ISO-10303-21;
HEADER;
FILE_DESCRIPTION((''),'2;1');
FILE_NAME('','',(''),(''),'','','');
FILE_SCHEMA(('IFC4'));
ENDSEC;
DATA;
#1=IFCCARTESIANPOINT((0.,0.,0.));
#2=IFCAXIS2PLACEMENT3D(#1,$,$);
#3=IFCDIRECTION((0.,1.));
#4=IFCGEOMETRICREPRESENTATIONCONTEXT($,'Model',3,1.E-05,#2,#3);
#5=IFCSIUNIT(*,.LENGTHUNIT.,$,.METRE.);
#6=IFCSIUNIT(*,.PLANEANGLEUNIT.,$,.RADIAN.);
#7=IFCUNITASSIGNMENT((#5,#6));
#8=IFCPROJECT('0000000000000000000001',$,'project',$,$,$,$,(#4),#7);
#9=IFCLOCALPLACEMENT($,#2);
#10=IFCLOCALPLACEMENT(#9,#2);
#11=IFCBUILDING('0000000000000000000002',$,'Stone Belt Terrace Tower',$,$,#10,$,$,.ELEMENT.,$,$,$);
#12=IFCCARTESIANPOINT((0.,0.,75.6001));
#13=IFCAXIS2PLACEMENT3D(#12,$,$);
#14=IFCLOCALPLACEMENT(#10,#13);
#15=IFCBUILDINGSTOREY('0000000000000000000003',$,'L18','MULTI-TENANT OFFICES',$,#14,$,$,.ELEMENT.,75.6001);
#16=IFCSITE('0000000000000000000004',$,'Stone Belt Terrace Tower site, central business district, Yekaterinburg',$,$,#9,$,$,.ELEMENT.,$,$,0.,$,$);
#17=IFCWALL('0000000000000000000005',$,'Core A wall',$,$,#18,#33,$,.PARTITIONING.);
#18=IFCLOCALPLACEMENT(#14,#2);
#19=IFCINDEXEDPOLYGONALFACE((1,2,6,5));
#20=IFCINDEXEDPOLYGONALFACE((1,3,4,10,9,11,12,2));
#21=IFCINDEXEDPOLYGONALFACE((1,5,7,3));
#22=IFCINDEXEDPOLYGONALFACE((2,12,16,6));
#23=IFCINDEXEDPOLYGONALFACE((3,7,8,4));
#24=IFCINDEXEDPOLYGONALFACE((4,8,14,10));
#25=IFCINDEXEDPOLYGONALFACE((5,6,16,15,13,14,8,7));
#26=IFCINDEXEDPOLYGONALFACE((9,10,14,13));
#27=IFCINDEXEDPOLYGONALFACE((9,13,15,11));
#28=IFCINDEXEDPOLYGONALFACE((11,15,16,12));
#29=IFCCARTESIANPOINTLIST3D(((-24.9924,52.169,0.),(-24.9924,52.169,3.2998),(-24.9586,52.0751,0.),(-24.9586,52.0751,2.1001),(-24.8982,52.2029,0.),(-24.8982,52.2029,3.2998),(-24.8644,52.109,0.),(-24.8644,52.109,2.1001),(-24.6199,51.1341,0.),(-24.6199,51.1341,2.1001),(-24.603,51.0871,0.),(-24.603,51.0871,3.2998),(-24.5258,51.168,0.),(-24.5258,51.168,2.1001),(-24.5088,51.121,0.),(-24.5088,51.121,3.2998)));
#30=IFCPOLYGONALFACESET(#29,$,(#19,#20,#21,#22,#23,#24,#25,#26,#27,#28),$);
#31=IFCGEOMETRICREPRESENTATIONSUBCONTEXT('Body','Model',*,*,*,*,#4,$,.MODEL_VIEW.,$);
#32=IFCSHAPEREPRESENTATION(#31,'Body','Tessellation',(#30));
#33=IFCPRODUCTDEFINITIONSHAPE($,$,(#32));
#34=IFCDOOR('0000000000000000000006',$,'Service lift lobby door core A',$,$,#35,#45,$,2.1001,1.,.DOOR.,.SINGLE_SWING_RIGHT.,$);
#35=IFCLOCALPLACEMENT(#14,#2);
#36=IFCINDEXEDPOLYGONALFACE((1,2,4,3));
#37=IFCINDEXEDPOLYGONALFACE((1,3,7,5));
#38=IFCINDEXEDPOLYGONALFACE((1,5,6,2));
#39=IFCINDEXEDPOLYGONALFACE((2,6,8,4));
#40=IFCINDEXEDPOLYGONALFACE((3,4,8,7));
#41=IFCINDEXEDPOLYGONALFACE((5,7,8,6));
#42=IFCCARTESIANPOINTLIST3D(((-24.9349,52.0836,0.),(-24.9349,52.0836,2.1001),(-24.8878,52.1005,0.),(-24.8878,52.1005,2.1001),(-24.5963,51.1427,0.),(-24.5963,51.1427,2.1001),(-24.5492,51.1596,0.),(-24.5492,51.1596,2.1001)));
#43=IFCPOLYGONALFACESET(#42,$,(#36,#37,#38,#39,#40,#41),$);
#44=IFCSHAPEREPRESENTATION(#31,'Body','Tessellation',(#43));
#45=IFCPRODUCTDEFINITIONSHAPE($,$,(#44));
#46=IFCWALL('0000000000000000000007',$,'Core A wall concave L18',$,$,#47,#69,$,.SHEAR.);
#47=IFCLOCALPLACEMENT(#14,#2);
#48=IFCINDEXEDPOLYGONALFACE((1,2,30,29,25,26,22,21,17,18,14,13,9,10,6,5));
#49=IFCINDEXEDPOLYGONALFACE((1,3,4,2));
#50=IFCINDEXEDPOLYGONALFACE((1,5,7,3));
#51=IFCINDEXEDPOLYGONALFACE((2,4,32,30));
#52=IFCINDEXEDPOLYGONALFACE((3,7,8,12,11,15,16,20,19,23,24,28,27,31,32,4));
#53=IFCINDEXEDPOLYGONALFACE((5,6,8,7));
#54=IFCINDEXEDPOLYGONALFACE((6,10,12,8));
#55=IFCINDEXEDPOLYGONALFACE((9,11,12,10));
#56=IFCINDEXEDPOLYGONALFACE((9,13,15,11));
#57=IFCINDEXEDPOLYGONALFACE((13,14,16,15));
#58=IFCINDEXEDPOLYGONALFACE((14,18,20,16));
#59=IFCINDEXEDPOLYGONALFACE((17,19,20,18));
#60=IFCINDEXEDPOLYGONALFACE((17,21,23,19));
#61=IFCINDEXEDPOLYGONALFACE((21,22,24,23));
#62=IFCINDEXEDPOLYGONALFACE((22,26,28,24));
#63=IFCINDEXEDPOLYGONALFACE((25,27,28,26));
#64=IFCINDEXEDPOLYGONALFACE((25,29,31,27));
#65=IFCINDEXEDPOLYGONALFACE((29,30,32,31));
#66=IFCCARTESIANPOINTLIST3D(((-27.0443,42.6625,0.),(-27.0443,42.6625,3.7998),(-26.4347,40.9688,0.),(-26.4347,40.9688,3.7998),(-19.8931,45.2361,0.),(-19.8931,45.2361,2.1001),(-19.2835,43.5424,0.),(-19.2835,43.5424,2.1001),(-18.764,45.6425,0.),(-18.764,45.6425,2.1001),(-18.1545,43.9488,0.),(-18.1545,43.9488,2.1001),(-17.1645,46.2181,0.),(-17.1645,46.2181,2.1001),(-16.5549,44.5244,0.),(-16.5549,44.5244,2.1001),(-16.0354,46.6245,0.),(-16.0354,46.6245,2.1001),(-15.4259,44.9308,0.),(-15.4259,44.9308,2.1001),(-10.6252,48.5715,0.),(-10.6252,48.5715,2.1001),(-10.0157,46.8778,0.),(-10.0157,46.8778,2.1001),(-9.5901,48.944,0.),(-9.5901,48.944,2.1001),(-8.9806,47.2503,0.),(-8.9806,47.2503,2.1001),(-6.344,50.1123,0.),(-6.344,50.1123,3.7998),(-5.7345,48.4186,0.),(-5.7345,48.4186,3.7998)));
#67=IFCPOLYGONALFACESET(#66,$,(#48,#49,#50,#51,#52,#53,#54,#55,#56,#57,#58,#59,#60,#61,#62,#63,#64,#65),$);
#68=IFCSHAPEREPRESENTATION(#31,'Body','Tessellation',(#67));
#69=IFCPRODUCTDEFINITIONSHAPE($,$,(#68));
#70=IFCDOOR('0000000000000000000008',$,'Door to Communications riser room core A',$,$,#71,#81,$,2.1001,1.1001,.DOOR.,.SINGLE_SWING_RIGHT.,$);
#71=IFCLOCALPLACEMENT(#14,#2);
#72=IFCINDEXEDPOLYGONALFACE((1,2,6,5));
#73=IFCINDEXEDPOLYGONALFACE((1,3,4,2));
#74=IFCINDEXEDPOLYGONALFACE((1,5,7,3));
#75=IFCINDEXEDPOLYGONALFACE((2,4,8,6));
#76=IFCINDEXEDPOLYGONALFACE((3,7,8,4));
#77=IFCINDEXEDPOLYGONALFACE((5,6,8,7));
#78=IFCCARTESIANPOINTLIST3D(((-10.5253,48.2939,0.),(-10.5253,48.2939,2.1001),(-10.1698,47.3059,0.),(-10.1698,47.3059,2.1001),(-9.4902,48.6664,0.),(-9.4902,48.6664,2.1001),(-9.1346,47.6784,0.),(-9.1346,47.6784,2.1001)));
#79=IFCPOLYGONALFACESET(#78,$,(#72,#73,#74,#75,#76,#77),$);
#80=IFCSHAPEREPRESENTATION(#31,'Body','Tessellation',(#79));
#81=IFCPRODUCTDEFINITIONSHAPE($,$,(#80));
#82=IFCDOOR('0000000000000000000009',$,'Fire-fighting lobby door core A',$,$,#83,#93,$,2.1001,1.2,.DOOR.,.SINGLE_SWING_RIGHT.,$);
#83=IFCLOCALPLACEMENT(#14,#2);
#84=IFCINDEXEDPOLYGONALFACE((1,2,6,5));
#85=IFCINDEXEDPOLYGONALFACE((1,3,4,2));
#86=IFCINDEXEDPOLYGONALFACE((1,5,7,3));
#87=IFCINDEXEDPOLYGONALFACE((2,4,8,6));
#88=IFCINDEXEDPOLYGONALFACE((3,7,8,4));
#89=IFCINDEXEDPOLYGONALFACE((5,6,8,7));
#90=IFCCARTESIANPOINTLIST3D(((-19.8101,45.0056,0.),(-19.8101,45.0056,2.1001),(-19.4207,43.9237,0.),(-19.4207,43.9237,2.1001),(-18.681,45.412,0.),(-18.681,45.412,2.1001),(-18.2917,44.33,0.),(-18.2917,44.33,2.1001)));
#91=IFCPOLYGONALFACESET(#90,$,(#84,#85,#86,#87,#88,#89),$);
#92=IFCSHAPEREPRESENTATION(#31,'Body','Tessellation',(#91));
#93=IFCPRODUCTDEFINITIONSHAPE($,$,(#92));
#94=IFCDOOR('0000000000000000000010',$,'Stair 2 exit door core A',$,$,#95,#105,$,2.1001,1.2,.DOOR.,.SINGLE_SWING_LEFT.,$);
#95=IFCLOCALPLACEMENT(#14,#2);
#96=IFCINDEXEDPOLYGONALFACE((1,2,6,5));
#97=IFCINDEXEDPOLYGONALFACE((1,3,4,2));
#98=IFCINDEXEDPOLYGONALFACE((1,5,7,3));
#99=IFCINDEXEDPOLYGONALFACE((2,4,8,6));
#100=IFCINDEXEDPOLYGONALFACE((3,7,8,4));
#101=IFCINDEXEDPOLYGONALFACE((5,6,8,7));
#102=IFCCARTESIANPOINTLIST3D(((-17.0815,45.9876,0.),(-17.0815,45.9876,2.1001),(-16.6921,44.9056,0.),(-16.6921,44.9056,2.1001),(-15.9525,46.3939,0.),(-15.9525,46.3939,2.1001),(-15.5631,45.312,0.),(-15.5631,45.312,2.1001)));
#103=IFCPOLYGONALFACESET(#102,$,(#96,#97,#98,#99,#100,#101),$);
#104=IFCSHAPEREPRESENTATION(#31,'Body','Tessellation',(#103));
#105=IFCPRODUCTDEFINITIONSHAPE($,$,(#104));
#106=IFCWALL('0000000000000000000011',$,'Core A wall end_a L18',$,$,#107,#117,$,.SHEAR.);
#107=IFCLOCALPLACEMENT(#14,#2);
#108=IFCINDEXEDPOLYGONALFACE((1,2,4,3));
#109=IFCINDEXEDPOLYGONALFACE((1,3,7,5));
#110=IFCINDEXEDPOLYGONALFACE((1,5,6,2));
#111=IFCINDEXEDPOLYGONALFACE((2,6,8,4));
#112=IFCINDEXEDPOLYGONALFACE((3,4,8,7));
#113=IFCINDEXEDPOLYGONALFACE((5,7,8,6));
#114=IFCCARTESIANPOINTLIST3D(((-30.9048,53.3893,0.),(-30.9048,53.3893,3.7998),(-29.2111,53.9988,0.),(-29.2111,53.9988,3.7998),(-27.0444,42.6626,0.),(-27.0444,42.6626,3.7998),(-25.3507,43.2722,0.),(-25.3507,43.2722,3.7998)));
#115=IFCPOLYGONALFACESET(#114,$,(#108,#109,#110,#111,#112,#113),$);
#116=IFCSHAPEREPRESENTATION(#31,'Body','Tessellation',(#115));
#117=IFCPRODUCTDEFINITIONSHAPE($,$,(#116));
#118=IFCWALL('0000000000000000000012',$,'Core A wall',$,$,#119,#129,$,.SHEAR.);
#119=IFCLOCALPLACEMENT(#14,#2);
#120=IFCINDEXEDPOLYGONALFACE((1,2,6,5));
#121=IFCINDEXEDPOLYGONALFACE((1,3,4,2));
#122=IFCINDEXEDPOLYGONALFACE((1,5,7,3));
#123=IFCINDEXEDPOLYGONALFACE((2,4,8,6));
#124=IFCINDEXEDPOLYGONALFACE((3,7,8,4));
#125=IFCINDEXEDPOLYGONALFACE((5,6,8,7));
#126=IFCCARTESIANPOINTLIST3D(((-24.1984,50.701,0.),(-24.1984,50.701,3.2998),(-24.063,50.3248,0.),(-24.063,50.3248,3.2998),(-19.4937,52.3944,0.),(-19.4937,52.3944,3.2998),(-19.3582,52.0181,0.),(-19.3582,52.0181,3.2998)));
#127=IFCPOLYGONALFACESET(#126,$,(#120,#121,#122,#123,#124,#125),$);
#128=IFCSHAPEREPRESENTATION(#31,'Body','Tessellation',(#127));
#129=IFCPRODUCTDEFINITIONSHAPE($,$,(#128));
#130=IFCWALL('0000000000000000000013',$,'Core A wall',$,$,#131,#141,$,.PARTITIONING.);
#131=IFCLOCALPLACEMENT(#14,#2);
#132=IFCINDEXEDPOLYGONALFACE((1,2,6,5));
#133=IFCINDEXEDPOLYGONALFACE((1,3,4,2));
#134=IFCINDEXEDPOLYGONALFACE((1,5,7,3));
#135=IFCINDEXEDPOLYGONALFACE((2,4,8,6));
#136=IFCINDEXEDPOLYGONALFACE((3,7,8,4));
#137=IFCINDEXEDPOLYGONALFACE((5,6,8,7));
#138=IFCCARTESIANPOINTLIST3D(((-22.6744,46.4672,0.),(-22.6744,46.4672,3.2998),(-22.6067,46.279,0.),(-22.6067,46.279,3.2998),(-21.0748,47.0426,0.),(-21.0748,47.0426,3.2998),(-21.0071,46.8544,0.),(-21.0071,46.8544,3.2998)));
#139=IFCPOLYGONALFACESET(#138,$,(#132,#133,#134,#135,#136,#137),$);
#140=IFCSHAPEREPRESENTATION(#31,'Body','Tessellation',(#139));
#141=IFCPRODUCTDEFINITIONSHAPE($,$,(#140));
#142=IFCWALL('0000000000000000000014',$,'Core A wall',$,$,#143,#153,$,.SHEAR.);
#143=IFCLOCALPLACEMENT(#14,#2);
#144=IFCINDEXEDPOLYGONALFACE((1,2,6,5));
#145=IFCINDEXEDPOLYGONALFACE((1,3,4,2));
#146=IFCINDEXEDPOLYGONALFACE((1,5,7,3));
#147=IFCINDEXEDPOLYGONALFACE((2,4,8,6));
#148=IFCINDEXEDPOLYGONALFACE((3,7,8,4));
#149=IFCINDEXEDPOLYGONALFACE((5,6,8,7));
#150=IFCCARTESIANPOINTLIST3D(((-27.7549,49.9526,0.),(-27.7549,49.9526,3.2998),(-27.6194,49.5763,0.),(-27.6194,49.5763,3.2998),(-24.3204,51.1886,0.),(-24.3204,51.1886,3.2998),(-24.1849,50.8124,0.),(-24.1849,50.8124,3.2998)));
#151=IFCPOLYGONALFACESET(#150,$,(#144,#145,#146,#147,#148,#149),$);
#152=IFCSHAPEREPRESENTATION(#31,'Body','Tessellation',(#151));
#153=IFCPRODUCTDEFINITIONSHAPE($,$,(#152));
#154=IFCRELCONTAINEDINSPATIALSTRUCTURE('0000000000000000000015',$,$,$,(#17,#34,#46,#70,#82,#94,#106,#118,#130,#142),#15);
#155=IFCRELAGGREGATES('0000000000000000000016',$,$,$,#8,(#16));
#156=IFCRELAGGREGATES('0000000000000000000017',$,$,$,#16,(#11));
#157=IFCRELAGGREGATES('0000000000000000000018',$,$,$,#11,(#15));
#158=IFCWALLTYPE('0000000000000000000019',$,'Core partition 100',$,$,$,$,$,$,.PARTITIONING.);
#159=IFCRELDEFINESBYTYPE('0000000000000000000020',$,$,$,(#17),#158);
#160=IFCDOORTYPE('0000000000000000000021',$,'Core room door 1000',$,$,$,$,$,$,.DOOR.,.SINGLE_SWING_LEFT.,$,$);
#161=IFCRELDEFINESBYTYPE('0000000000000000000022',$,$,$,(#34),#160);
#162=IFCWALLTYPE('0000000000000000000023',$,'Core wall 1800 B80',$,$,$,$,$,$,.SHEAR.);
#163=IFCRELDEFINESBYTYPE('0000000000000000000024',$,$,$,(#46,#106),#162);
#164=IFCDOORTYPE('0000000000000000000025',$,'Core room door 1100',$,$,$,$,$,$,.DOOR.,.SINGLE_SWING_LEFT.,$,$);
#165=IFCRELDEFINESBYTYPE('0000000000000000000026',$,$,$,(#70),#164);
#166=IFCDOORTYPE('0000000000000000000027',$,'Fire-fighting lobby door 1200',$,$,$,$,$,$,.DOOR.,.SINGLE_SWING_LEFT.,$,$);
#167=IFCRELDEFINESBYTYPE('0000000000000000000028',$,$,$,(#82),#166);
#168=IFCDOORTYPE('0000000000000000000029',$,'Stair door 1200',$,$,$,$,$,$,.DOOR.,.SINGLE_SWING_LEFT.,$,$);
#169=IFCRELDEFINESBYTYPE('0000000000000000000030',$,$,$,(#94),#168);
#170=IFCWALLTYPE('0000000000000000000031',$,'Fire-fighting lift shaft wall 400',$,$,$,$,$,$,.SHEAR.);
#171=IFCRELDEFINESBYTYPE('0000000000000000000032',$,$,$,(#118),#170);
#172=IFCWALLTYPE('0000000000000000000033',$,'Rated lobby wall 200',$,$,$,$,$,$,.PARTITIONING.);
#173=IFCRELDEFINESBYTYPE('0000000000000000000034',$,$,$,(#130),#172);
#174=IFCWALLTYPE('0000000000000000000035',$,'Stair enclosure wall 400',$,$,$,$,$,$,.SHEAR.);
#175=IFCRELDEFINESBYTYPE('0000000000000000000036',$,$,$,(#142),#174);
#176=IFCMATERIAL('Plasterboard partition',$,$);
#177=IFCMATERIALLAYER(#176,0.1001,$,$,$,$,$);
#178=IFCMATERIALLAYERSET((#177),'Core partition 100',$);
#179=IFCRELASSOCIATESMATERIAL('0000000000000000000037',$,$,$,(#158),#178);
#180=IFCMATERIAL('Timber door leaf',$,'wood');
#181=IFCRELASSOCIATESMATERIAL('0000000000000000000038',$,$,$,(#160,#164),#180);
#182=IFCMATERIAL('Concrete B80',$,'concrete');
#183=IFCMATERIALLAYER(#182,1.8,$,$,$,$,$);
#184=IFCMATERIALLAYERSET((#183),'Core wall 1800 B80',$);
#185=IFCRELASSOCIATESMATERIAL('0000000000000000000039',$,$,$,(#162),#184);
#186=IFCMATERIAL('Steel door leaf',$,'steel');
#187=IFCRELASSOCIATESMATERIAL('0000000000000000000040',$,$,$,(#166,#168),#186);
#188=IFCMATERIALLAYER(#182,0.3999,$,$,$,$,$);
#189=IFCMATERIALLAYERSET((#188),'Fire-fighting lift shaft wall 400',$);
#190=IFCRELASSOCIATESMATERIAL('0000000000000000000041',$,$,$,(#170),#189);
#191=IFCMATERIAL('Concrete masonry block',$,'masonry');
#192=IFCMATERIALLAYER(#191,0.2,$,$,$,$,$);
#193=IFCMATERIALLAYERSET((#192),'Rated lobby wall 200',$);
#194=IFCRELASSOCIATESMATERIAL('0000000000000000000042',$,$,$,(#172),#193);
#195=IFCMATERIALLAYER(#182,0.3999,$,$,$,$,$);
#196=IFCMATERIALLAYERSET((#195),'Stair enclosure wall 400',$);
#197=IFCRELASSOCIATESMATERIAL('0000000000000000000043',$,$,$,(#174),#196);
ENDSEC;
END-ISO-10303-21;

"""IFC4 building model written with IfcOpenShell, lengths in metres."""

from ifc_helpers import new_model, si_unit, direction, frame, frame_2d, origin, place, context, subcontext, project, spatial, rectangle, extrude, material, layer, layer_set, type_object, element, fill, save


model = new_model("IFC4")

# Units and contexts
model_context = context("Model", 3, precision=1e-05, world=origin(), true_north=direction((0.0, 1.0)))
body_context = subcontext(model_context, "Body", "Model", "MODEL_VIEW")
ifc_project = project(units=[si_unit("LENGTHUNIT", "METRE"), si_unit("PLANEANGLEUNIT", "RADIAN")], contexts=[model_context])

# Site, building, storey
site_placement = place(None, origin())
site = spatial("IfcSite", under=ifc_project, at=site_placement, Name="Stone Belt Terrace Tower site, central business district, Yekaterinburg", CompositionType="ELEMENT", RefElevation=0.0)
building_placement = place(site_placement, origin())
building = spatial("IfcBuilding", under=site, at=building_placement, Name="Stone Belt Terrace Tower", CompositionType="ELEMENT")
storey_placement = place(building_placement, frame((0.0, 0.0, 75.6001)))
storey = spatial("IfcBuildingStorey", under=building, at=storey_placement, Name="L18", Description="MULTI-TENANT OFFICES", CompositionType="ELEMENT", Elevation=75.6001)

# Wall, opening, door
ifc_material_1 = material(Name="Plasterboard partition")
ifc_layer_1 = layer(ifc_material_1, 0.1001)
ifc_layer_set_1 = layer_set([ifc_layer_1], Name="Core partition 100")
wall_type_1 = type_object("IfcWallType", Name="Core partition 100", PredefinedType="PARTITIONING", material=ifc_layer_set_1)
wall_1_placement = place(storey_placement, frame((-24.5559, 51.104, 0.0), z_axis=(0.0, 0.0, 1.0), x_axis=(-0.338622, 0.940923, 0.0)))
wall_1 = element("IfcWall", 1, at=wall_1_placement, inside=storey, type_object=wall_type_1, Name="Core A wall", PredefinedType="PARTITIONING", context=body_context, shape_type="SweptSolid", body=[
    extrude(rectangle(XDim=1.1499, YDim=0.1001, at=frame_2d((0.575, 0.0))), origin(), (0.0, 0.0, 1.0), 3.2998),
])
opening_1_placement = place(wall_1_placement, frame((0.05, 0.0, 0.0)))
opening_1 = element("IfcOpeningElement", 2, at=opening_1_placement, cuts=wall_1, PredefinedType="OPENING", context=body_context, shape_type="SweptSolid", body=[
    extrude(rectangle(XDim=1.0, YDim=2.1001, at=frame_2d((0.5, 1.05))), frame((0.0, 0.0601, 0.0), z_axis=(0.0, -1.0, 0.0), x_axis=(1.0, 0.0, 0.0)), (0.0, 0.0, 1.0), 0.1201),
])
ifc_material_2 = material(Name="Timber door leaf", Category="wood")
door_type_1 = type_object("IfcDoorType", Name="Core room door 1000", OperationType="SINGLE_SWING_LEFT", PredefinedType="DOOR", material=ifc_material_2)
door_1_placement = place(opening_1_placement, origin())
door_1 = element("IfcDoor", 3, at=door_1_placement, inside=storey, type_object=door_type_1, Name="Service lift lobby door core A", OperationType="SINGLE_SWING_RIGHT", OverallHeight=2.1001, OverallWidth=1.0, PredefinedType="DOOR", context=body_context, shape_type="SweptSolid", body=[
    extrude(rectangle(XDim=1.0, YDim=2.1001, at=frame_2d((0.5, 1.05))), frame((0.0, 0.0249, 0.0), z_axis=(0.0, -1.0, 0.0), x_axis=(1.0, 0.0, 0.0)), (0.0, 0.0, 1.0), 0.05),
])
fill(opening_1, door_1)

# Wall, openings, doors
ifc_material_3 = material(Name="Concrete B80", Category="concrete")
ifc_layer_2 = layer(ifc_material_3, 1.8)
ifc_layer_set_2 = layer_set([ifc_layer_2], Name="Core wall 1800 B80")
wall_type_2 = type_object("IfcWallType", Name="Core wall 1800 B80", PredefinedType="SHEAR", material=ifc_layer_set_2)
wall_2_placement = place(storey_placement, frame((-26.7395, 41.8157, 0.0), z_axis=(0.0, 0.0, 1.0), x_axis=(0.940922, 0.338624, 0.0)))
wall_2 = element("IfcWall", 4, at=wall_2_placement, inside=storey, type_object=wall_type_2, Name="Core A wall concave L18", PredefinedType="SHEAR", context=body_context, shape_type="SweptSolid", body=[
    extrude(rectangle(XDim=22.0, YDim=1.8, at=frame_2d((11.0, 0.0))), origin(), (0.0, 0.0, 1.0), 3.7998),
])
opening_2_placement = place(wall_2_placement, frame((7.6001, 0.0, 0.0)))
opening_2 = element("IfcOpeningElement", 5, at=opening_2_placement, cuts=wall_2, PredefinedType="OPENING", context=body_context, shape_type="SweptSolid", body=[
    extrude(rectangle(XDim=1.2, YDim=2.1001, at=frame_2d((0.6001, 1.05))), frame((0.0, 0.9099, 0.0), z_axis=(0.0, -1.0, 0.0), x_axis=(1.0, 0.0, 0.0)), (0.0, 0.0, 1.0), 1.8201),
])
opening_3_placement = place(wall_2_placement, frame((10.5, 0.0, 0.0)))
opening_3 = element("IfcOpeningElement", 6, at=opening_3_placement, cuts=wall_2, PredefinedType="OPENING", context=body_context, shape_type="SweptSolid", body=[
    extrude(rectangle(XDim=1.2, YDim=2.1001, at=frame_2d((0.6001, 1.05))), frame((0.0, 0.9099, 0.0), z_axis=(0.0, -1.0, 0.0), x_axis=(1.0, 0.0, 0.0)), (0.0, 0.0, 1.0), 1.8201),
])
opening_4_placement = place(wall_2_placement, frame((17.45, 0.0, 0.0)))
opening_4 = element("IfcOpeningElement", 7, at=opening_4_placement, cuts=wall_2, PredefinedType="OPENING", context=body_context, shape_type="SweptSolid", body=[
    extrude(rectangle(XDim=1.1001, YDim=2.1001, at=frame_2d((0.55, 1.05))), frame((0.0, 0.9099, 0.0), z_axis=(0.0, -1.0, 0.0), x_axis=(1.0, 0.0, 0.0)), (0.0, 0.0, 1.0), 1.8201),
])
door_type_2 = type_object("IfcDoorType", Name="Core room door 1100", OperationType="SINGLE_SWING_LEFT", PredefinedType="DOOR", material=ifc_material_2)
door_2_placement = place(opening_4_placement, origin())
door_2 = element("IfcDoor", 8, at=door_2_placement, inside=storey, type_object=door_type_2, Name="Door to Communications riser room core A", OperationType="SINGLE_SWING_RIGHT", OverallHeight=2.1001, OverallWidth=1.1001, PredefinedType="DOOR", context=body_context, shape_type="SweptSolid", body=[
    extrude(rectangle(XDim=1.1001, YDim=2.1001, at=frame_2d((0.55, 1.05))), frame((0.0, 0.605, 0.0), z_axis=(0.0, -1.0, 0.0), x_axis=(1.0, 0.0, 0.0)), (0.0, 0.0, 1.0), 1.05),
])
fill(opening_4, door_2)
ifc_material_4 = material(Name="Steel door leaf", Category="steel")
door_type_3 = type_object("IfcDoorType", Name="Fire-fighting lobby door 1200", OperationType="SINGLE_SWING_LEFT", PredefinedType="DOOR", material=ifc_material_4)
door_3_placement = place(opening_2_placement, origin())
door_3 = element("IfcDoor", 9, at=door_3_placement, inside=storey, type_object=door_type_3, Name="Fire-fighting lobby door core A", OperationType="SINGLE_SWING_RIGHT", OverallHeight=2.1001, OverallWidth=1.2, PredefinedType="DOOR", context=body_context, shape_type="SweptSolid", body=[
    extrude(rectangle(XDim=1.2, YDim=2.1001, at=frame_2d((0.6001, 1.05))), frame((0.0, 0.655, 0.0), z_axis=(0.0, -1.0, 0.0), x_axis=(1.0, 0.0, 0.0)), (0.0, 0.0, 1.0), 1.1499),
])
fill(opening_2, door_3)
door_type_4 = type_object("IfcDoorType", Name="Stair door 1200", OperationType="SINGLE_SWING_LEFT", PredefinedType="DOOR", material=ifc_material_4)
door_4_placement = place(opening_3_placement, origin())
door_4 = element("IfcDoor", 10, at=door_4_placement, inside=storey, type_object=door_type_4, Name="Stair 2 exit door core A", OperationType="SINGLE_SWING_LEFT", OverallHeight=2.1001, OverallWidth=1.2, PredefinedType="DOOR", context=body_context, shape_type="SweptSolid", body=[
    extrude(rectangle(XDim=1.2, YDim=2.1001, at=frame_2d((0.6001, 1.05))), frame((0.0, 0.655, 0.0), z_axis=(0.0, -1.0, 0.0), x_axis=(1.0, 0.0, 0.0)), (0.0, 0.0, 1.0), 1.1499),
])
fill(opening_3, door_4)

# Walls
wall_3_placement = place(storey_placement, frame((-26.1975, 42.9673, 0.0), z_axis=(0.0, 0.0, 1.0), x_axis=(-0.338625, 0.940921, 0.0)))
element("IfcWall", 11, at=wall_3_placement, inside=storey, type_object=wall_type_2, Name="Core A wall end_a L18", PredefinedType="SHEAR", context=body_context, shape_type="SweptSolid", body=[
    extrude(rectangle(XDim=11.4001, YDim=1.8, at=frame_2d((5.7002, 0.0))), origin(), (0.0, 0.0, 1.0), 3.7998),
])
ifc_layer_3 = layer(ifc_material_3, 0.3999)
ifc_layer_set_3 = layer_set([ifc_layer_3], Name="Fire-fighting lift shaft wall 400")
wall_type_3 = type_object("IfcWallType", Name="Fire-fighting lift shaft wall 400", PredefinedType="SHEAR", material=ifc_layer_set_3)
wall_4_placement = place(storey_placement, frame((-24.1306, 50.5129, 0.0), z_axis=(0.0, 0.0, 1.0), x_axis=(0.940912, 0.338652, 0.0)))
element("IfcWall", 12, at=wall_4_placement, inside=storey, type_object=wall_type_3, Name="Core A wall", PredefinedType="SHEAR", context=body_context, shape_type="SweptSolid", body=[
    extrude(rectangle(XDim=5.0002, YDim=0.3999, at=frame_2d((2.5, 0.0))), origin(), (0.0, 0.0, 1.0), 3.2998),
])
ifc_material_5 = material(Name="Concrete masonry block", Category="masonry")
ifc_layer_4 = layer(ifc_material_5, 0.2)
ifc_layer_set_4 = layer_set([ifc_layer_4], Name="Rated lobby wall 200")
wall_type_4 = type_object("IfcWallType", Name="Rated lobby wall 200", PredefinedType="PARTITIONING", material=ifc_layer_set_4)
wall_5_placement = place(storey_placement, frame((-22.6406, 46.373, 0.0), z_axis=(0.0, 0.0, 1.0), x_axis=(0.940966, 0.338501, 0.0)))
element("IfcWall", 13, at=wall_5_placement, inside=storey, type_object=wall_type_4, Name="Core A wall", PredefinedType="PARTITIONING", context=body_context, shape_type="SweptSolid", body=[
    extrude(rectangle(XDim=1.7, YDim=0.2, at=frame_2d((0.8501, 0.0))), origin(), (0.0, 0.0, 1.0), 3.2998),
])
ifc_layer_5 = layer(ifc_material_3, 0.3999)
ifc_layer_set_5 = layer_set([ifc_layer_5], Name="Stair enclosure wall 400")
wall_type_5 = type_object("IfcWallType", Name="Stair enclosure wall 400", PredefinedType="SHEAR", material=ifc_layer_set_5)
wall_6_placement = place(storey_placement, frame((-27.6873, 49.7644, 0.0), z_axis=(0.0, 0.0, 1.0), x_axis=(0.940919, 0.338632, 0.0)))
element("IfcWall", 14, at=wall_6_placement, inside=storey, type_object=wall_type_5, Name="Core A wall", PredefinedType="SHEAR", context=body_context, shape_type="SweptSolid", body=[
    extrude(rectangle(XDim=3.6501, YDim=0.3999, at=frame_2d((1.8252, 0.0))), origin(), (0.0, 0.0, 1.0), 3.2998),
])

save(model, "model.ifc")
